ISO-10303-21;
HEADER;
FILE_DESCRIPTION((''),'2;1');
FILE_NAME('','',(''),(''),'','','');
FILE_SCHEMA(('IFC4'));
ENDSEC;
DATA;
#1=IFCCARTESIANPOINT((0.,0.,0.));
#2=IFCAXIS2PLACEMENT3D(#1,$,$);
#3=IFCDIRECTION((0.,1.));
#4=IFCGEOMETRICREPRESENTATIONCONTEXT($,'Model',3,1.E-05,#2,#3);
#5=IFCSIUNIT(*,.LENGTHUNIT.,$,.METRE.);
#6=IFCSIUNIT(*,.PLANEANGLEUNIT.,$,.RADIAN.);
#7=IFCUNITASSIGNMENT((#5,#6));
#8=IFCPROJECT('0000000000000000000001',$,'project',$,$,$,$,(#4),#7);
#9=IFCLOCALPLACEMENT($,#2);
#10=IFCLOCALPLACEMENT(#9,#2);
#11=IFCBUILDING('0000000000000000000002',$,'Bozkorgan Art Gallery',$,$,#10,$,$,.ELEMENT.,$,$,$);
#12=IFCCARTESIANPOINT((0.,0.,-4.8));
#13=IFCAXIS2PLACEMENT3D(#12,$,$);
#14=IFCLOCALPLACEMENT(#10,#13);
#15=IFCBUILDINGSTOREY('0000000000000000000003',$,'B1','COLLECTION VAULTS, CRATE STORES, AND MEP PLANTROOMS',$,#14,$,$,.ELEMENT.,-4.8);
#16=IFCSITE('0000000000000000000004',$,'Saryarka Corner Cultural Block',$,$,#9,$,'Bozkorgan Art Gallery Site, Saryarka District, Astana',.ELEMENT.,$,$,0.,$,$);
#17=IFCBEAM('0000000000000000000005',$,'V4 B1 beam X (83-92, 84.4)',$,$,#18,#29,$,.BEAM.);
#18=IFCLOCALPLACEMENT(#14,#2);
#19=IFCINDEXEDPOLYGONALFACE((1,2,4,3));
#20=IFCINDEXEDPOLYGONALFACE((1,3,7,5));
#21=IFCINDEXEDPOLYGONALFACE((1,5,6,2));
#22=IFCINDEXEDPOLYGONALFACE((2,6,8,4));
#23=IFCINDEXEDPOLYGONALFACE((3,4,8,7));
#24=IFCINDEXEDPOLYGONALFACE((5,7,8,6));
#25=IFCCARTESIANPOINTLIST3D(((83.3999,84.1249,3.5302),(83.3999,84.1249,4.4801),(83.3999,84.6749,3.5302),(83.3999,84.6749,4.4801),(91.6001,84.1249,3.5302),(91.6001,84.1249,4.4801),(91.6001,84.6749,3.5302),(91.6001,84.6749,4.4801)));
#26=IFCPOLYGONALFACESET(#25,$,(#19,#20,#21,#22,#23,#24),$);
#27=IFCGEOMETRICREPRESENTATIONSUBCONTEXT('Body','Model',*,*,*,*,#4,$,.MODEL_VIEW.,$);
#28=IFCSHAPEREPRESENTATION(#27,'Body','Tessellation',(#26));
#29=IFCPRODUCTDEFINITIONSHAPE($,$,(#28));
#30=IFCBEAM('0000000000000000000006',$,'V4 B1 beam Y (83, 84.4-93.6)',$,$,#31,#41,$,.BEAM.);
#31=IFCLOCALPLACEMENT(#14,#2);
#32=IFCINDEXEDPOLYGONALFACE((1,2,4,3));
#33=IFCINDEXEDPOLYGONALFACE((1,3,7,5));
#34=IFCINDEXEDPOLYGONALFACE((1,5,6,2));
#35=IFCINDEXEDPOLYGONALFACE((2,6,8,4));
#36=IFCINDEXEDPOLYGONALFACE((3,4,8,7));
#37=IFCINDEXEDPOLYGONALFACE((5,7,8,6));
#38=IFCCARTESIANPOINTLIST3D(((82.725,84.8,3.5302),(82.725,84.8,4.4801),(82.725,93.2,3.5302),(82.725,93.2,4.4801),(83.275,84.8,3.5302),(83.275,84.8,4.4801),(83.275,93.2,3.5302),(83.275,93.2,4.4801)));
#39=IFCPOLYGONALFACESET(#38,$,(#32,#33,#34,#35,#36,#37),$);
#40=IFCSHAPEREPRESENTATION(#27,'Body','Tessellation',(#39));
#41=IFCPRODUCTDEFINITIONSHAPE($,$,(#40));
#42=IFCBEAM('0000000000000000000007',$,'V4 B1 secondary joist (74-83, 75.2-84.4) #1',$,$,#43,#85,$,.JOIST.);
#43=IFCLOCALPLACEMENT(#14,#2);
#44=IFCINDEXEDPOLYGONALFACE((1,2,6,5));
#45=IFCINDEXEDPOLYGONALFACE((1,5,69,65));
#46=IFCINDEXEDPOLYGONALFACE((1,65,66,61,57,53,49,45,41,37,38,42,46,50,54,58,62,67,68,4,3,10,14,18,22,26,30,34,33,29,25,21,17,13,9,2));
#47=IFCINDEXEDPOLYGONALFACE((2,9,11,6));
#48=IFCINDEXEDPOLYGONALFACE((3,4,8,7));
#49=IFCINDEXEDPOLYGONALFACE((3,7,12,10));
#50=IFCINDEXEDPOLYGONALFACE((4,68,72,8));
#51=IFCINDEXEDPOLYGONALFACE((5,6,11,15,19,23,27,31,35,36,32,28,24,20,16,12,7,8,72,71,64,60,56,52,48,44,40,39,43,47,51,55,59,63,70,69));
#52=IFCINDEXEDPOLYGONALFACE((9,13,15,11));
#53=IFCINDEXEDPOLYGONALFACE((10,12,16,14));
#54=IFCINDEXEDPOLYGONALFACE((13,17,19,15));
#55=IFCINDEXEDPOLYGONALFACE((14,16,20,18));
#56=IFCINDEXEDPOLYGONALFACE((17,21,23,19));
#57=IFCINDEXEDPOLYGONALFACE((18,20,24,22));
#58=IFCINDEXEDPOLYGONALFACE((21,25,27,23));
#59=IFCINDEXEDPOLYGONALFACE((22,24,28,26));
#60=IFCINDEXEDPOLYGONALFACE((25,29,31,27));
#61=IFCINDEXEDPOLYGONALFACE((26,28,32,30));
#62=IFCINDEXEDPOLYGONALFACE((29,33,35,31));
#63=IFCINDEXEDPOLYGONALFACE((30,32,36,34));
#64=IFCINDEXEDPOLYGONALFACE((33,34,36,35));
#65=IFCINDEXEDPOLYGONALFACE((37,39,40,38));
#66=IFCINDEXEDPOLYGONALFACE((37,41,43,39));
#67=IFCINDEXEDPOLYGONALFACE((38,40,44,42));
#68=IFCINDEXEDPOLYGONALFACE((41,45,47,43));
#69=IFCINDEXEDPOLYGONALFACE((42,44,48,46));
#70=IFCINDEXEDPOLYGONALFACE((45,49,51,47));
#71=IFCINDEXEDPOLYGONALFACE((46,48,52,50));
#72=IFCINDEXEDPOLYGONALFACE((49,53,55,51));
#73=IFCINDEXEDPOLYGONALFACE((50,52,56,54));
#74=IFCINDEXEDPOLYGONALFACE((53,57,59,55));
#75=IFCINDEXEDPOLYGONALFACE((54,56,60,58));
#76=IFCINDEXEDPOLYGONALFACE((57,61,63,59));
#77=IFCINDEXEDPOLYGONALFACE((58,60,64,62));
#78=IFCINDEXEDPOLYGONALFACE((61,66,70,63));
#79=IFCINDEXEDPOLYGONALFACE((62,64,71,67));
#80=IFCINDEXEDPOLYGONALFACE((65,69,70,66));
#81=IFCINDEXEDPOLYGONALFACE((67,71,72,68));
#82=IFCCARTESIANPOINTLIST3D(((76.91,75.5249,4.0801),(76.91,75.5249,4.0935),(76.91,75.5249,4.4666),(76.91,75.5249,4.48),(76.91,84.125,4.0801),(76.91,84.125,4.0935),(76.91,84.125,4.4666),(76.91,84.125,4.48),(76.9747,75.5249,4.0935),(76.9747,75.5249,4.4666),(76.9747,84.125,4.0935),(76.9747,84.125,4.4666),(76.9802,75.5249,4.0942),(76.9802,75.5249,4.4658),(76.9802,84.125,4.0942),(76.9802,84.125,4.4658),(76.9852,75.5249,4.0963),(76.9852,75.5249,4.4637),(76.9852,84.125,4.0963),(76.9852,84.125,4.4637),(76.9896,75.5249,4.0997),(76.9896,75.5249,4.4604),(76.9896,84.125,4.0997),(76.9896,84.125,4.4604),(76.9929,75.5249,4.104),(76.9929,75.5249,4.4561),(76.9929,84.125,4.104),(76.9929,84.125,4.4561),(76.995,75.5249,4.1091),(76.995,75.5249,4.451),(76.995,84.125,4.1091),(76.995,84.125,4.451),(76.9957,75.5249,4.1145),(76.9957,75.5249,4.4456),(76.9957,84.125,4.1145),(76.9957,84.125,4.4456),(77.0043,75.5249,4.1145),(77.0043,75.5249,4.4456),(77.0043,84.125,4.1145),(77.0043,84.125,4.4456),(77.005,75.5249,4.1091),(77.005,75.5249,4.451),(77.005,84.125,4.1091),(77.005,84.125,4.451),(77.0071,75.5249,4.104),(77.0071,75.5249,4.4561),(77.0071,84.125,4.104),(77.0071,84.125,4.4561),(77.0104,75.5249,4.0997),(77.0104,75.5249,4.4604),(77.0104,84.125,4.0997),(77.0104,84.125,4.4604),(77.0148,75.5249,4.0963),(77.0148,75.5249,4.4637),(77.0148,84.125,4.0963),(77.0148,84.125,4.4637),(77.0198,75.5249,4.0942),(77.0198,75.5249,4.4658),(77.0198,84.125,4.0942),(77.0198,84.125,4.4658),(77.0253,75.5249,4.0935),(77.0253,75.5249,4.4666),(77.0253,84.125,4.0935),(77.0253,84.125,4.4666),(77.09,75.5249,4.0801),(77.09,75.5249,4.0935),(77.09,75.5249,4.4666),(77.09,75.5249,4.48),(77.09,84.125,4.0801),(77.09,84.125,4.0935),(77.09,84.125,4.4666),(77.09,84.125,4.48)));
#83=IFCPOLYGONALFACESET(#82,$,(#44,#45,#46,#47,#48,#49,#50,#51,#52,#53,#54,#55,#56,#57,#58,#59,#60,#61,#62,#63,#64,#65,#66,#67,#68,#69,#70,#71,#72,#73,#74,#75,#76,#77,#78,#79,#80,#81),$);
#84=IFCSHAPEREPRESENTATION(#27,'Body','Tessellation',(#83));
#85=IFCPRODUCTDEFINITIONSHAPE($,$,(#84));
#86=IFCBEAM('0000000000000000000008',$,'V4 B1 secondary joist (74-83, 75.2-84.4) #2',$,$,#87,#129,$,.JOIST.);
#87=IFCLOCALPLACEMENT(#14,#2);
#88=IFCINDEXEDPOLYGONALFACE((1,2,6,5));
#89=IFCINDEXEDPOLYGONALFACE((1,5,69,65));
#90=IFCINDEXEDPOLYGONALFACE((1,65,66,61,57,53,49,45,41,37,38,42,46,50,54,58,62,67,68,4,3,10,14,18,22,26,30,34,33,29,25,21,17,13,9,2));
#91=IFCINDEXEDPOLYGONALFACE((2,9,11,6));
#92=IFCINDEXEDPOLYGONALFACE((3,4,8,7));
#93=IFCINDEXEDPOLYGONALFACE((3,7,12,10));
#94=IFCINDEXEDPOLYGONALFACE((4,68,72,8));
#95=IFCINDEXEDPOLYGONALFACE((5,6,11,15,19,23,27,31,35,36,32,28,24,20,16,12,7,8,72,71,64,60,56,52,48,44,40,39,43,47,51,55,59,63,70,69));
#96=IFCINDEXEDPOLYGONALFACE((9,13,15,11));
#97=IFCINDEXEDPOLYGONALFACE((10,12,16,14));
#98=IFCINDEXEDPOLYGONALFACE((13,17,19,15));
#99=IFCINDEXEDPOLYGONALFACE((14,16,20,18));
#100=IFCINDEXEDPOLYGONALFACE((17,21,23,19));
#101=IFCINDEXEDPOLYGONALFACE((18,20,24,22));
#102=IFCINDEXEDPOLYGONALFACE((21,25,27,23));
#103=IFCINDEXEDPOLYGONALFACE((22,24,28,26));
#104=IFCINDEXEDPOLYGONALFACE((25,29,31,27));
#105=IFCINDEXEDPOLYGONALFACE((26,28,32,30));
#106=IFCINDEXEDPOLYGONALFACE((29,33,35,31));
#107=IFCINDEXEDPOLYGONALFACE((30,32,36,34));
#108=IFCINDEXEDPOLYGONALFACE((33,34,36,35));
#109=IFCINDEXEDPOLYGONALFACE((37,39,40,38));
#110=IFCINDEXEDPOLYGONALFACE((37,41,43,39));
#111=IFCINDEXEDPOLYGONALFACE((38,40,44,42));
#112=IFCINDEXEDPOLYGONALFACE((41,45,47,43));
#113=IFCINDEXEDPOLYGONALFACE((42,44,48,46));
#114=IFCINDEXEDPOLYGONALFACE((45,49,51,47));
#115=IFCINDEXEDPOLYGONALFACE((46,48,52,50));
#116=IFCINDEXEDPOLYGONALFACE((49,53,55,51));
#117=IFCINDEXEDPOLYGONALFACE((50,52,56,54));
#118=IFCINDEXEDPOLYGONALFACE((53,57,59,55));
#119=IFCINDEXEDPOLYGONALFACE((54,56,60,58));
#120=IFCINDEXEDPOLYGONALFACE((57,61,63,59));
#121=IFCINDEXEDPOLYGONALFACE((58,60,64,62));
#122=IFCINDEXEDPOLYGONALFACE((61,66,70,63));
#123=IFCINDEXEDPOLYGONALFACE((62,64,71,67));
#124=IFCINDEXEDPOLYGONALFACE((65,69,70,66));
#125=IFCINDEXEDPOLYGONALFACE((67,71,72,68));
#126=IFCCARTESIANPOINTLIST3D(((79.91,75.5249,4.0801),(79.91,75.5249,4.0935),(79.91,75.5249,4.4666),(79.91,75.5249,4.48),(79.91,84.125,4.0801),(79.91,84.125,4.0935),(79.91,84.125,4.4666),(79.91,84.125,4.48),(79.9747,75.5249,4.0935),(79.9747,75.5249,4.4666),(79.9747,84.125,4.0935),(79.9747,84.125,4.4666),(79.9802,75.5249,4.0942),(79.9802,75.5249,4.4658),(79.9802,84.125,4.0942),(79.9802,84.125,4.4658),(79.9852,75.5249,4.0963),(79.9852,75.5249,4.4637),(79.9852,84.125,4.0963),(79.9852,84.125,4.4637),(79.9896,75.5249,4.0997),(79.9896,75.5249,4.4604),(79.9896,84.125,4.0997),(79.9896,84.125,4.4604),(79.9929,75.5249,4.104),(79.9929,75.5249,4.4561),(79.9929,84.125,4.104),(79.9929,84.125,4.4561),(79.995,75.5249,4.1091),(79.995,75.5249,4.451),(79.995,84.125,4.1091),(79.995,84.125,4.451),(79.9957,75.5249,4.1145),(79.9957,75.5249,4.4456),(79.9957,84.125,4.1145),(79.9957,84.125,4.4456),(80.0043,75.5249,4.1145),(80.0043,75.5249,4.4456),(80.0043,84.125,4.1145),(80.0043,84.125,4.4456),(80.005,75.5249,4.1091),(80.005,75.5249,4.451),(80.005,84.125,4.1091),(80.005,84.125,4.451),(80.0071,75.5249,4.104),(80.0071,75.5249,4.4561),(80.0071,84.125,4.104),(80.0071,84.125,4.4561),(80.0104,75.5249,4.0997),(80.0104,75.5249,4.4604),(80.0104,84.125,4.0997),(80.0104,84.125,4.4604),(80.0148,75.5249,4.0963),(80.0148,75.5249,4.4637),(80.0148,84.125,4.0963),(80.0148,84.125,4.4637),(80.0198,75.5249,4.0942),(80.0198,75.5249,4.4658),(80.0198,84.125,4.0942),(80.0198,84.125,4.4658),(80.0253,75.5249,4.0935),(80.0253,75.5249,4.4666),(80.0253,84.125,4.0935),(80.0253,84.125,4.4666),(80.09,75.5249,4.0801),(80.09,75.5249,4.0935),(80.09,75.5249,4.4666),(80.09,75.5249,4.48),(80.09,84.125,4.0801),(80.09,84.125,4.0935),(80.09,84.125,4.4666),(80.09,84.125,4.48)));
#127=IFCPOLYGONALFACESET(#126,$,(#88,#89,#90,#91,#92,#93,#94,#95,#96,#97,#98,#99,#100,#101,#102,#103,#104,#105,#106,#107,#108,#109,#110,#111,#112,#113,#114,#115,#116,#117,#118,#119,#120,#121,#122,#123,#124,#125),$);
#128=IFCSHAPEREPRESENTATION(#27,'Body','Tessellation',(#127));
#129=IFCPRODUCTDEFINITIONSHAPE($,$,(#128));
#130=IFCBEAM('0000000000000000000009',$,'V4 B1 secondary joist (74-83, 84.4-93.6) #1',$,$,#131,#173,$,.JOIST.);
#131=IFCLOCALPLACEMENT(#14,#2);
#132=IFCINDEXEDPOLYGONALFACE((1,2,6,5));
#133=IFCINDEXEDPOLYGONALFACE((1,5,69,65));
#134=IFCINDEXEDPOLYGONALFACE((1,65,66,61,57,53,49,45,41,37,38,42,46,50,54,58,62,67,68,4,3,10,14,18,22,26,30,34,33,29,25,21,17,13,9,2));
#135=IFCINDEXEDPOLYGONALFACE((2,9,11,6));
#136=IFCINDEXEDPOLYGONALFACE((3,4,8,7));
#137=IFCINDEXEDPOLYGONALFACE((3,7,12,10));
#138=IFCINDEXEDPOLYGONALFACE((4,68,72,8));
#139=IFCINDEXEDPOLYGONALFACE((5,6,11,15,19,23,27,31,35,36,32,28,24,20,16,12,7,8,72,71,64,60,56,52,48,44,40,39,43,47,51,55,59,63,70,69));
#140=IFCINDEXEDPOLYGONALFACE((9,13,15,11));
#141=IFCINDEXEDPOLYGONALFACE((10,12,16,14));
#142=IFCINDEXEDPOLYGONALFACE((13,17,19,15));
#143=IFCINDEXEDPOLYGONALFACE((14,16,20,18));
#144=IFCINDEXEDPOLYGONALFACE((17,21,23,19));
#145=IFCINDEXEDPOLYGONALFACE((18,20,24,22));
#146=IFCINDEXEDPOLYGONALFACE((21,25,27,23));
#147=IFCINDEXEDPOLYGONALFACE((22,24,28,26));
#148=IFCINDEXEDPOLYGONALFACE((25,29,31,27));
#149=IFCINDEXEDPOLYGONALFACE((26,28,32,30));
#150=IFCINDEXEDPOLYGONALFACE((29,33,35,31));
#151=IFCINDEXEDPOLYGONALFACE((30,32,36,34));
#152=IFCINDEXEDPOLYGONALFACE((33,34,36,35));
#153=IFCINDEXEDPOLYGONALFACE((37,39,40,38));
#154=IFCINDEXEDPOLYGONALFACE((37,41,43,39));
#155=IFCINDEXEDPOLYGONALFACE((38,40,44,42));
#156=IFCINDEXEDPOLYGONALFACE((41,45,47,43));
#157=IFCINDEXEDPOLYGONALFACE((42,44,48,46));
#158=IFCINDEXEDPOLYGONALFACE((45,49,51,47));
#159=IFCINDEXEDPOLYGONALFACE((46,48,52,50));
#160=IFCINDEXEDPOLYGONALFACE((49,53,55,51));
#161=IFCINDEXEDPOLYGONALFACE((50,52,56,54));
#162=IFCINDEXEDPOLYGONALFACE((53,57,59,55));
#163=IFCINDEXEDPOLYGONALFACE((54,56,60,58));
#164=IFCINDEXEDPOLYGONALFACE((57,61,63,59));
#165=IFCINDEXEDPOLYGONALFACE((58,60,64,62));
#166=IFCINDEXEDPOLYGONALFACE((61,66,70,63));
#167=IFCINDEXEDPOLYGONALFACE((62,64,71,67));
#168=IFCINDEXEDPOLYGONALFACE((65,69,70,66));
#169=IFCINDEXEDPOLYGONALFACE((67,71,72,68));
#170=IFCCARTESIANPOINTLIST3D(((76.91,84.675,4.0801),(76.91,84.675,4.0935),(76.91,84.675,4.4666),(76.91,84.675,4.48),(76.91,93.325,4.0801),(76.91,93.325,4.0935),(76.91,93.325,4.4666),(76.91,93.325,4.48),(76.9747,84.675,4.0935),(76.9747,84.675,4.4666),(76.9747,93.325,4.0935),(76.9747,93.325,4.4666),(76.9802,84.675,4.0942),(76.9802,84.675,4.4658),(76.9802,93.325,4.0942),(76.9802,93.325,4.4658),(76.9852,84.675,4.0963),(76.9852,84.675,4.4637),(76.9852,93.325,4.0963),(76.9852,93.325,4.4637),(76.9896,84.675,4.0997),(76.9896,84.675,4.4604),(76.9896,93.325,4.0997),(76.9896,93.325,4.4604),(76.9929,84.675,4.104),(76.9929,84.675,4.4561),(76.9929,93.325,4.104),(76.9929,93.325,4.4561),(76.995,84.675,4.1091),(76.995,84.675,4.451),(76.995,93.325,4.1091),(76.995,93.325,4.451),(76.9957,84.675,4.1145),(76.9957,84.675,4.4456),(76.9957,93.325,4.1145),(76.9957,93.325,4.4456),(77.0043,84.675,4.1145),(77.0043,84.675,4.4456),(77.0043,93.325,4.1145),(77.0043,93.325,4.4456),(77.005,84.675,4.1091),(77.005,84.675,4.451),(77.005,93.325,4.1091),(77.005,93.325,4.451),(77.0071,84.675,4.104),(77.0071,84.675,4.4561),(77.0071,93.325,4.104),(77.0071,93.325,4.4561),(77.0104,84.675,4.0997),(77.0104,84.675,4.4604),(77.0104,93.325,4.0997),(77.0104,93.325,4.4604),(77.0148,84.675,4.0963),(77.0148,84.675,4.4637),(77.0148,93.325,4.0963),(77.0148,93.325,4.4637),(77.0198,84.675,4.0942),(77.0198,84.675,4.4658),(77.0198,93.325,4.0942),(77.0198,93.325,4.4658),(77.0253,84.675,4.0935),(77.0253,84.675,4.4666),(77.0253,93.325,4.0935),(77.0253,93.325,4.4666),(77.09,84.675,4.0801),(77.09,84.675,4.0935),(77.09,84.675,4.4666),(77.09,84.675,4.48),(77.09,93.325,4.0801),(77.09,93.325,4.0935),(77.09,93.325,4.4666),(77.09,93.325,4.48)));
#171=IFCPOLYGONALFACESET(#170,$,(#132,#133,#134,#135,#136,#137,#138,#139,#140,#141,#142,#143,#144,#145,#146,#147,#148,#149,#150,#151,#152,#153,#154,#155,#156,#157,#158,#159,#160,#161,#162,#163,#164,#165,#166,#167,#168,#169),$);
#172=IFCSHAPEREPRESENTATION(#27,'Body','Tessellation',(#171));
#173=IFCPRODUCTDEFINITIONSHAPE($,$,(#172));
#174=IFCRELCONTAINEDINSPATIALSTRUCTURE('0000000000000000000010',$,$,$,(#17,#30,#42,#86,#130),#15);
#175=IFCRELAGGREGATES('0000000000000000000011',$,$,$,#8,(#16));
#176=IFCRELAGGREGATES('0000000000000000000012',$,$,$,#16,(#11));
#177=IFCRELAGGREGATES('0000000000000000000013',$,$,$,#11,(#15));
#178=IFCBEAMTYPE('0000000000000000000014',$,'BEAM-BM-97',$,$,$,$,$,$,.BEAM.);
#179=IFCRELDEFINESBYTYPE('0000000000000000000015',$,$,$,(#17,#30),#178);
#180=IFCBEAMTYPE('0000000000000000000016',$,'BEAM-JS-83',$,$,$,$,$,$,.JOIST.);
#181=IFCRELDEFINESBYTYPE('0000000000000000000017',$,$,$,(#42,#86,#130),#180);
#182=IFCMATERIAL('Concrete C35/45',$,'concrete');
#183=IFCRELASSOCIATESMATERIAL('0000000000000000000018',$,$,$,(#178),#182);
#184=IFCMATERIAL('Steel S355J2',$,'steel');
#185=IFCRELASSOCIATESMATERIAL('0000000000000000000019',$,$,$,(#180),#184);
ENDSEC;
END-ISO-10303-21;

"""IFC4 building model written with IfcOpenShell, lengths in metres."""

from ifc_helpers import new_model, si_unit, direction, frame, origin, origin_2d, place, context, subcontext, project, spatial, rectangle, i_section, extrude, material, material_profile, profile_set, type_object, element, save


model = new_model("IFC4")

# Units and contexts
model_context = context("Model", 3, precision=1e-05, world=origin(), true_north=direction((0.0, 1.0)))
body_context = subcontext(model_context, "Body", "Model", "MODEL_VIEW")
ifc_project = project(units=[si_unit("LENGTHUNIT", "METRE"), si_unit("PLANEANGLEUNIT", "RADIAN")], contexts=[model_context])

# Site, building, storey
site_placement = place(None, origin())
site = spatial("IfcSite", under=ifc_project, at=site_placement, Name="Saryarka Corner Cultural Block", LongName="Bozkorgan Art Gallery Site, Saryarka District, Astana", CompositionType="ELEMENT", RefElevation=0.0)
building_placement = place(site_placement, origin())
building = spatial("IfcBuilding", under=site, at=building_placement, Name="Bozkorgan Art Gallery", CompositionType="ELEMENT")
storey_placement = place(building_placement, frame((0.0, 0.0, -4.8)))
storey = spatial("IfcBuildingStorey", under=building, at=storey_placement, Name="B1", Description="COLLECTION VAULTS, CRATE STORES, AND MEP PLANTROOMS", CompositionType="ELEMENT", Elevation=-4.8)

# Beams
ifc_material_1 = material(Name="Concrete C35/45", Category="concrete")
ifc_material_profile_1 = material_profile(ifc_material_1, rectangle(XDim=0.55, YDim=0.95, at=origin_2d()), Name="RC 550x950")
ifc_profile_set_1 = profile_set([ifc_material_profile_1], Name="Concrete C35/45")
beam_type_1 = type_object("IfcBeamType", Name="BEAM-BM-97", PredefinedType="BEAM", material=ifc_profile_set_1)
for number, where, z_axis, x_axis, name in (
    (1, (83.3999, 84.3999, 4.0051), (1.0, 0.0, 0.0), (0.0, 1.0, 0.0), "V4 B1 beam X (83-92, 84.4)"),
):
    element("IfcBeam", number, at=place(storey_placement, frame(where, z_axis=z_axis, x_axis=x_axis)), inside=storey, type_object=beam_type_1, Name=name, PredefinedType="BEAM", context=body_context, shape_type="SweptSolid", body=[
        extrude(rectangle(XDim=0.55, YDim=0.95, at=origin_2d()), origin(), (0.0, 0.0, 1.0), 8.2002),
    ])
beam_1_placement = place(storey_placement, frame((83.0, 84.8, 4.0051), z_axis=(0.0, 1.0, 0.0), x_axis=(-1.0, 0.0, 0.0)))
element("IfcBeam", 2, at=beam_1_placement, inside=storey, type_object=beam_type_1, Name="V4 B1 beam Y (83, 84.4-93.6)", PredefinedType="BEAM", context=body_context, shape_type="SweptSolid", body=[
    extrude(rectangle(XDim=0.55, YDim=0.95, at=origin_2d()), origin(), (0.0, 0.0, 1.0), 8.3999),
])
ifc_material_2 = material(Name="Steel S355J2", Category="steel")
ifc_material_profile_2 = material_profile(ifc_material_2, i_section(OverallWidth=0.1799, OverallDepth=0.3999, WebThickness=0.0085, FlangeThickness=0.0134, FilletRadius=0.021, at=origin_2d()), Name="IPE 400")
ifc_profile_set_2 = profile_set([ifc_material_profile_2], Name="Steel S355J2")
beam_type_2 = type_object("IfcBeamType", Name="BEAM-JS-83", PredefinedType="JOIST", material=ifc_profile_set_2)
for number, where, z_axis, x_axis, name in (
    (3, (77.0, 75.5249, 4.28), (0.0, 1.0, 0.0), (-1.0, 0.0, 0.0), "V4 B1 secondary joist (74-83, 75.2-84.4) #1"),
    (4, (80.0, 75.5249, 4.28), (0.0, 1.0, 0.0), (-1.0, 0.0, 0.0), "V4 B1 secondary joist (74-83, 75.2-84.4) #2"),
):
    element("IfcBeam", number, at=place(storey_placement, frame(where, z_axis=z_axis, x_axis=x_axis)), inside=storey, type_object=beam_type_2, Name=name, PredefinedType="JOIST", context=body_context, shape_type="SweptSolid", body=[
        extrude(i_section(OverallWidth=0.1799, OverallDepth=0.3999, WebThickness=0.0085, FlangeThickness=0.0134, FilletRadius=0.021, at=origin_2d()), origin(), (0.0, 0.0, 1.0), 8.6001),
    ])
for number, where, z_axis, x_axis, name in (
    (5, (77.0, 84.675, 4.28), (0.0, 1.0, 0.0), (-1.0, 0.0, 0.0), "V4 B1 secondary joist (74-83, 84.4-93.6) #1"),
):
    element("IfcBeam", number, at=place(storey_placement, frame(where, z_axis=z_axis, x_axis=x_axis)), inside=storey, type_object=beam_type_2, Name=name, PredefinedType="JOIST", context=body_context, shape_type="SweptSolid", body=[
        extrude(i_section(OverallWidth=0.1799, OverallDepth=0.3999, WebThickness=0.0085, FlangeThickness=0.0134, FilletRadius=0.021, at=origin_2d()), origin(), (0.0, 0.0, 1.0), 8.6499),
    ])

save(model, "model.ifc")
